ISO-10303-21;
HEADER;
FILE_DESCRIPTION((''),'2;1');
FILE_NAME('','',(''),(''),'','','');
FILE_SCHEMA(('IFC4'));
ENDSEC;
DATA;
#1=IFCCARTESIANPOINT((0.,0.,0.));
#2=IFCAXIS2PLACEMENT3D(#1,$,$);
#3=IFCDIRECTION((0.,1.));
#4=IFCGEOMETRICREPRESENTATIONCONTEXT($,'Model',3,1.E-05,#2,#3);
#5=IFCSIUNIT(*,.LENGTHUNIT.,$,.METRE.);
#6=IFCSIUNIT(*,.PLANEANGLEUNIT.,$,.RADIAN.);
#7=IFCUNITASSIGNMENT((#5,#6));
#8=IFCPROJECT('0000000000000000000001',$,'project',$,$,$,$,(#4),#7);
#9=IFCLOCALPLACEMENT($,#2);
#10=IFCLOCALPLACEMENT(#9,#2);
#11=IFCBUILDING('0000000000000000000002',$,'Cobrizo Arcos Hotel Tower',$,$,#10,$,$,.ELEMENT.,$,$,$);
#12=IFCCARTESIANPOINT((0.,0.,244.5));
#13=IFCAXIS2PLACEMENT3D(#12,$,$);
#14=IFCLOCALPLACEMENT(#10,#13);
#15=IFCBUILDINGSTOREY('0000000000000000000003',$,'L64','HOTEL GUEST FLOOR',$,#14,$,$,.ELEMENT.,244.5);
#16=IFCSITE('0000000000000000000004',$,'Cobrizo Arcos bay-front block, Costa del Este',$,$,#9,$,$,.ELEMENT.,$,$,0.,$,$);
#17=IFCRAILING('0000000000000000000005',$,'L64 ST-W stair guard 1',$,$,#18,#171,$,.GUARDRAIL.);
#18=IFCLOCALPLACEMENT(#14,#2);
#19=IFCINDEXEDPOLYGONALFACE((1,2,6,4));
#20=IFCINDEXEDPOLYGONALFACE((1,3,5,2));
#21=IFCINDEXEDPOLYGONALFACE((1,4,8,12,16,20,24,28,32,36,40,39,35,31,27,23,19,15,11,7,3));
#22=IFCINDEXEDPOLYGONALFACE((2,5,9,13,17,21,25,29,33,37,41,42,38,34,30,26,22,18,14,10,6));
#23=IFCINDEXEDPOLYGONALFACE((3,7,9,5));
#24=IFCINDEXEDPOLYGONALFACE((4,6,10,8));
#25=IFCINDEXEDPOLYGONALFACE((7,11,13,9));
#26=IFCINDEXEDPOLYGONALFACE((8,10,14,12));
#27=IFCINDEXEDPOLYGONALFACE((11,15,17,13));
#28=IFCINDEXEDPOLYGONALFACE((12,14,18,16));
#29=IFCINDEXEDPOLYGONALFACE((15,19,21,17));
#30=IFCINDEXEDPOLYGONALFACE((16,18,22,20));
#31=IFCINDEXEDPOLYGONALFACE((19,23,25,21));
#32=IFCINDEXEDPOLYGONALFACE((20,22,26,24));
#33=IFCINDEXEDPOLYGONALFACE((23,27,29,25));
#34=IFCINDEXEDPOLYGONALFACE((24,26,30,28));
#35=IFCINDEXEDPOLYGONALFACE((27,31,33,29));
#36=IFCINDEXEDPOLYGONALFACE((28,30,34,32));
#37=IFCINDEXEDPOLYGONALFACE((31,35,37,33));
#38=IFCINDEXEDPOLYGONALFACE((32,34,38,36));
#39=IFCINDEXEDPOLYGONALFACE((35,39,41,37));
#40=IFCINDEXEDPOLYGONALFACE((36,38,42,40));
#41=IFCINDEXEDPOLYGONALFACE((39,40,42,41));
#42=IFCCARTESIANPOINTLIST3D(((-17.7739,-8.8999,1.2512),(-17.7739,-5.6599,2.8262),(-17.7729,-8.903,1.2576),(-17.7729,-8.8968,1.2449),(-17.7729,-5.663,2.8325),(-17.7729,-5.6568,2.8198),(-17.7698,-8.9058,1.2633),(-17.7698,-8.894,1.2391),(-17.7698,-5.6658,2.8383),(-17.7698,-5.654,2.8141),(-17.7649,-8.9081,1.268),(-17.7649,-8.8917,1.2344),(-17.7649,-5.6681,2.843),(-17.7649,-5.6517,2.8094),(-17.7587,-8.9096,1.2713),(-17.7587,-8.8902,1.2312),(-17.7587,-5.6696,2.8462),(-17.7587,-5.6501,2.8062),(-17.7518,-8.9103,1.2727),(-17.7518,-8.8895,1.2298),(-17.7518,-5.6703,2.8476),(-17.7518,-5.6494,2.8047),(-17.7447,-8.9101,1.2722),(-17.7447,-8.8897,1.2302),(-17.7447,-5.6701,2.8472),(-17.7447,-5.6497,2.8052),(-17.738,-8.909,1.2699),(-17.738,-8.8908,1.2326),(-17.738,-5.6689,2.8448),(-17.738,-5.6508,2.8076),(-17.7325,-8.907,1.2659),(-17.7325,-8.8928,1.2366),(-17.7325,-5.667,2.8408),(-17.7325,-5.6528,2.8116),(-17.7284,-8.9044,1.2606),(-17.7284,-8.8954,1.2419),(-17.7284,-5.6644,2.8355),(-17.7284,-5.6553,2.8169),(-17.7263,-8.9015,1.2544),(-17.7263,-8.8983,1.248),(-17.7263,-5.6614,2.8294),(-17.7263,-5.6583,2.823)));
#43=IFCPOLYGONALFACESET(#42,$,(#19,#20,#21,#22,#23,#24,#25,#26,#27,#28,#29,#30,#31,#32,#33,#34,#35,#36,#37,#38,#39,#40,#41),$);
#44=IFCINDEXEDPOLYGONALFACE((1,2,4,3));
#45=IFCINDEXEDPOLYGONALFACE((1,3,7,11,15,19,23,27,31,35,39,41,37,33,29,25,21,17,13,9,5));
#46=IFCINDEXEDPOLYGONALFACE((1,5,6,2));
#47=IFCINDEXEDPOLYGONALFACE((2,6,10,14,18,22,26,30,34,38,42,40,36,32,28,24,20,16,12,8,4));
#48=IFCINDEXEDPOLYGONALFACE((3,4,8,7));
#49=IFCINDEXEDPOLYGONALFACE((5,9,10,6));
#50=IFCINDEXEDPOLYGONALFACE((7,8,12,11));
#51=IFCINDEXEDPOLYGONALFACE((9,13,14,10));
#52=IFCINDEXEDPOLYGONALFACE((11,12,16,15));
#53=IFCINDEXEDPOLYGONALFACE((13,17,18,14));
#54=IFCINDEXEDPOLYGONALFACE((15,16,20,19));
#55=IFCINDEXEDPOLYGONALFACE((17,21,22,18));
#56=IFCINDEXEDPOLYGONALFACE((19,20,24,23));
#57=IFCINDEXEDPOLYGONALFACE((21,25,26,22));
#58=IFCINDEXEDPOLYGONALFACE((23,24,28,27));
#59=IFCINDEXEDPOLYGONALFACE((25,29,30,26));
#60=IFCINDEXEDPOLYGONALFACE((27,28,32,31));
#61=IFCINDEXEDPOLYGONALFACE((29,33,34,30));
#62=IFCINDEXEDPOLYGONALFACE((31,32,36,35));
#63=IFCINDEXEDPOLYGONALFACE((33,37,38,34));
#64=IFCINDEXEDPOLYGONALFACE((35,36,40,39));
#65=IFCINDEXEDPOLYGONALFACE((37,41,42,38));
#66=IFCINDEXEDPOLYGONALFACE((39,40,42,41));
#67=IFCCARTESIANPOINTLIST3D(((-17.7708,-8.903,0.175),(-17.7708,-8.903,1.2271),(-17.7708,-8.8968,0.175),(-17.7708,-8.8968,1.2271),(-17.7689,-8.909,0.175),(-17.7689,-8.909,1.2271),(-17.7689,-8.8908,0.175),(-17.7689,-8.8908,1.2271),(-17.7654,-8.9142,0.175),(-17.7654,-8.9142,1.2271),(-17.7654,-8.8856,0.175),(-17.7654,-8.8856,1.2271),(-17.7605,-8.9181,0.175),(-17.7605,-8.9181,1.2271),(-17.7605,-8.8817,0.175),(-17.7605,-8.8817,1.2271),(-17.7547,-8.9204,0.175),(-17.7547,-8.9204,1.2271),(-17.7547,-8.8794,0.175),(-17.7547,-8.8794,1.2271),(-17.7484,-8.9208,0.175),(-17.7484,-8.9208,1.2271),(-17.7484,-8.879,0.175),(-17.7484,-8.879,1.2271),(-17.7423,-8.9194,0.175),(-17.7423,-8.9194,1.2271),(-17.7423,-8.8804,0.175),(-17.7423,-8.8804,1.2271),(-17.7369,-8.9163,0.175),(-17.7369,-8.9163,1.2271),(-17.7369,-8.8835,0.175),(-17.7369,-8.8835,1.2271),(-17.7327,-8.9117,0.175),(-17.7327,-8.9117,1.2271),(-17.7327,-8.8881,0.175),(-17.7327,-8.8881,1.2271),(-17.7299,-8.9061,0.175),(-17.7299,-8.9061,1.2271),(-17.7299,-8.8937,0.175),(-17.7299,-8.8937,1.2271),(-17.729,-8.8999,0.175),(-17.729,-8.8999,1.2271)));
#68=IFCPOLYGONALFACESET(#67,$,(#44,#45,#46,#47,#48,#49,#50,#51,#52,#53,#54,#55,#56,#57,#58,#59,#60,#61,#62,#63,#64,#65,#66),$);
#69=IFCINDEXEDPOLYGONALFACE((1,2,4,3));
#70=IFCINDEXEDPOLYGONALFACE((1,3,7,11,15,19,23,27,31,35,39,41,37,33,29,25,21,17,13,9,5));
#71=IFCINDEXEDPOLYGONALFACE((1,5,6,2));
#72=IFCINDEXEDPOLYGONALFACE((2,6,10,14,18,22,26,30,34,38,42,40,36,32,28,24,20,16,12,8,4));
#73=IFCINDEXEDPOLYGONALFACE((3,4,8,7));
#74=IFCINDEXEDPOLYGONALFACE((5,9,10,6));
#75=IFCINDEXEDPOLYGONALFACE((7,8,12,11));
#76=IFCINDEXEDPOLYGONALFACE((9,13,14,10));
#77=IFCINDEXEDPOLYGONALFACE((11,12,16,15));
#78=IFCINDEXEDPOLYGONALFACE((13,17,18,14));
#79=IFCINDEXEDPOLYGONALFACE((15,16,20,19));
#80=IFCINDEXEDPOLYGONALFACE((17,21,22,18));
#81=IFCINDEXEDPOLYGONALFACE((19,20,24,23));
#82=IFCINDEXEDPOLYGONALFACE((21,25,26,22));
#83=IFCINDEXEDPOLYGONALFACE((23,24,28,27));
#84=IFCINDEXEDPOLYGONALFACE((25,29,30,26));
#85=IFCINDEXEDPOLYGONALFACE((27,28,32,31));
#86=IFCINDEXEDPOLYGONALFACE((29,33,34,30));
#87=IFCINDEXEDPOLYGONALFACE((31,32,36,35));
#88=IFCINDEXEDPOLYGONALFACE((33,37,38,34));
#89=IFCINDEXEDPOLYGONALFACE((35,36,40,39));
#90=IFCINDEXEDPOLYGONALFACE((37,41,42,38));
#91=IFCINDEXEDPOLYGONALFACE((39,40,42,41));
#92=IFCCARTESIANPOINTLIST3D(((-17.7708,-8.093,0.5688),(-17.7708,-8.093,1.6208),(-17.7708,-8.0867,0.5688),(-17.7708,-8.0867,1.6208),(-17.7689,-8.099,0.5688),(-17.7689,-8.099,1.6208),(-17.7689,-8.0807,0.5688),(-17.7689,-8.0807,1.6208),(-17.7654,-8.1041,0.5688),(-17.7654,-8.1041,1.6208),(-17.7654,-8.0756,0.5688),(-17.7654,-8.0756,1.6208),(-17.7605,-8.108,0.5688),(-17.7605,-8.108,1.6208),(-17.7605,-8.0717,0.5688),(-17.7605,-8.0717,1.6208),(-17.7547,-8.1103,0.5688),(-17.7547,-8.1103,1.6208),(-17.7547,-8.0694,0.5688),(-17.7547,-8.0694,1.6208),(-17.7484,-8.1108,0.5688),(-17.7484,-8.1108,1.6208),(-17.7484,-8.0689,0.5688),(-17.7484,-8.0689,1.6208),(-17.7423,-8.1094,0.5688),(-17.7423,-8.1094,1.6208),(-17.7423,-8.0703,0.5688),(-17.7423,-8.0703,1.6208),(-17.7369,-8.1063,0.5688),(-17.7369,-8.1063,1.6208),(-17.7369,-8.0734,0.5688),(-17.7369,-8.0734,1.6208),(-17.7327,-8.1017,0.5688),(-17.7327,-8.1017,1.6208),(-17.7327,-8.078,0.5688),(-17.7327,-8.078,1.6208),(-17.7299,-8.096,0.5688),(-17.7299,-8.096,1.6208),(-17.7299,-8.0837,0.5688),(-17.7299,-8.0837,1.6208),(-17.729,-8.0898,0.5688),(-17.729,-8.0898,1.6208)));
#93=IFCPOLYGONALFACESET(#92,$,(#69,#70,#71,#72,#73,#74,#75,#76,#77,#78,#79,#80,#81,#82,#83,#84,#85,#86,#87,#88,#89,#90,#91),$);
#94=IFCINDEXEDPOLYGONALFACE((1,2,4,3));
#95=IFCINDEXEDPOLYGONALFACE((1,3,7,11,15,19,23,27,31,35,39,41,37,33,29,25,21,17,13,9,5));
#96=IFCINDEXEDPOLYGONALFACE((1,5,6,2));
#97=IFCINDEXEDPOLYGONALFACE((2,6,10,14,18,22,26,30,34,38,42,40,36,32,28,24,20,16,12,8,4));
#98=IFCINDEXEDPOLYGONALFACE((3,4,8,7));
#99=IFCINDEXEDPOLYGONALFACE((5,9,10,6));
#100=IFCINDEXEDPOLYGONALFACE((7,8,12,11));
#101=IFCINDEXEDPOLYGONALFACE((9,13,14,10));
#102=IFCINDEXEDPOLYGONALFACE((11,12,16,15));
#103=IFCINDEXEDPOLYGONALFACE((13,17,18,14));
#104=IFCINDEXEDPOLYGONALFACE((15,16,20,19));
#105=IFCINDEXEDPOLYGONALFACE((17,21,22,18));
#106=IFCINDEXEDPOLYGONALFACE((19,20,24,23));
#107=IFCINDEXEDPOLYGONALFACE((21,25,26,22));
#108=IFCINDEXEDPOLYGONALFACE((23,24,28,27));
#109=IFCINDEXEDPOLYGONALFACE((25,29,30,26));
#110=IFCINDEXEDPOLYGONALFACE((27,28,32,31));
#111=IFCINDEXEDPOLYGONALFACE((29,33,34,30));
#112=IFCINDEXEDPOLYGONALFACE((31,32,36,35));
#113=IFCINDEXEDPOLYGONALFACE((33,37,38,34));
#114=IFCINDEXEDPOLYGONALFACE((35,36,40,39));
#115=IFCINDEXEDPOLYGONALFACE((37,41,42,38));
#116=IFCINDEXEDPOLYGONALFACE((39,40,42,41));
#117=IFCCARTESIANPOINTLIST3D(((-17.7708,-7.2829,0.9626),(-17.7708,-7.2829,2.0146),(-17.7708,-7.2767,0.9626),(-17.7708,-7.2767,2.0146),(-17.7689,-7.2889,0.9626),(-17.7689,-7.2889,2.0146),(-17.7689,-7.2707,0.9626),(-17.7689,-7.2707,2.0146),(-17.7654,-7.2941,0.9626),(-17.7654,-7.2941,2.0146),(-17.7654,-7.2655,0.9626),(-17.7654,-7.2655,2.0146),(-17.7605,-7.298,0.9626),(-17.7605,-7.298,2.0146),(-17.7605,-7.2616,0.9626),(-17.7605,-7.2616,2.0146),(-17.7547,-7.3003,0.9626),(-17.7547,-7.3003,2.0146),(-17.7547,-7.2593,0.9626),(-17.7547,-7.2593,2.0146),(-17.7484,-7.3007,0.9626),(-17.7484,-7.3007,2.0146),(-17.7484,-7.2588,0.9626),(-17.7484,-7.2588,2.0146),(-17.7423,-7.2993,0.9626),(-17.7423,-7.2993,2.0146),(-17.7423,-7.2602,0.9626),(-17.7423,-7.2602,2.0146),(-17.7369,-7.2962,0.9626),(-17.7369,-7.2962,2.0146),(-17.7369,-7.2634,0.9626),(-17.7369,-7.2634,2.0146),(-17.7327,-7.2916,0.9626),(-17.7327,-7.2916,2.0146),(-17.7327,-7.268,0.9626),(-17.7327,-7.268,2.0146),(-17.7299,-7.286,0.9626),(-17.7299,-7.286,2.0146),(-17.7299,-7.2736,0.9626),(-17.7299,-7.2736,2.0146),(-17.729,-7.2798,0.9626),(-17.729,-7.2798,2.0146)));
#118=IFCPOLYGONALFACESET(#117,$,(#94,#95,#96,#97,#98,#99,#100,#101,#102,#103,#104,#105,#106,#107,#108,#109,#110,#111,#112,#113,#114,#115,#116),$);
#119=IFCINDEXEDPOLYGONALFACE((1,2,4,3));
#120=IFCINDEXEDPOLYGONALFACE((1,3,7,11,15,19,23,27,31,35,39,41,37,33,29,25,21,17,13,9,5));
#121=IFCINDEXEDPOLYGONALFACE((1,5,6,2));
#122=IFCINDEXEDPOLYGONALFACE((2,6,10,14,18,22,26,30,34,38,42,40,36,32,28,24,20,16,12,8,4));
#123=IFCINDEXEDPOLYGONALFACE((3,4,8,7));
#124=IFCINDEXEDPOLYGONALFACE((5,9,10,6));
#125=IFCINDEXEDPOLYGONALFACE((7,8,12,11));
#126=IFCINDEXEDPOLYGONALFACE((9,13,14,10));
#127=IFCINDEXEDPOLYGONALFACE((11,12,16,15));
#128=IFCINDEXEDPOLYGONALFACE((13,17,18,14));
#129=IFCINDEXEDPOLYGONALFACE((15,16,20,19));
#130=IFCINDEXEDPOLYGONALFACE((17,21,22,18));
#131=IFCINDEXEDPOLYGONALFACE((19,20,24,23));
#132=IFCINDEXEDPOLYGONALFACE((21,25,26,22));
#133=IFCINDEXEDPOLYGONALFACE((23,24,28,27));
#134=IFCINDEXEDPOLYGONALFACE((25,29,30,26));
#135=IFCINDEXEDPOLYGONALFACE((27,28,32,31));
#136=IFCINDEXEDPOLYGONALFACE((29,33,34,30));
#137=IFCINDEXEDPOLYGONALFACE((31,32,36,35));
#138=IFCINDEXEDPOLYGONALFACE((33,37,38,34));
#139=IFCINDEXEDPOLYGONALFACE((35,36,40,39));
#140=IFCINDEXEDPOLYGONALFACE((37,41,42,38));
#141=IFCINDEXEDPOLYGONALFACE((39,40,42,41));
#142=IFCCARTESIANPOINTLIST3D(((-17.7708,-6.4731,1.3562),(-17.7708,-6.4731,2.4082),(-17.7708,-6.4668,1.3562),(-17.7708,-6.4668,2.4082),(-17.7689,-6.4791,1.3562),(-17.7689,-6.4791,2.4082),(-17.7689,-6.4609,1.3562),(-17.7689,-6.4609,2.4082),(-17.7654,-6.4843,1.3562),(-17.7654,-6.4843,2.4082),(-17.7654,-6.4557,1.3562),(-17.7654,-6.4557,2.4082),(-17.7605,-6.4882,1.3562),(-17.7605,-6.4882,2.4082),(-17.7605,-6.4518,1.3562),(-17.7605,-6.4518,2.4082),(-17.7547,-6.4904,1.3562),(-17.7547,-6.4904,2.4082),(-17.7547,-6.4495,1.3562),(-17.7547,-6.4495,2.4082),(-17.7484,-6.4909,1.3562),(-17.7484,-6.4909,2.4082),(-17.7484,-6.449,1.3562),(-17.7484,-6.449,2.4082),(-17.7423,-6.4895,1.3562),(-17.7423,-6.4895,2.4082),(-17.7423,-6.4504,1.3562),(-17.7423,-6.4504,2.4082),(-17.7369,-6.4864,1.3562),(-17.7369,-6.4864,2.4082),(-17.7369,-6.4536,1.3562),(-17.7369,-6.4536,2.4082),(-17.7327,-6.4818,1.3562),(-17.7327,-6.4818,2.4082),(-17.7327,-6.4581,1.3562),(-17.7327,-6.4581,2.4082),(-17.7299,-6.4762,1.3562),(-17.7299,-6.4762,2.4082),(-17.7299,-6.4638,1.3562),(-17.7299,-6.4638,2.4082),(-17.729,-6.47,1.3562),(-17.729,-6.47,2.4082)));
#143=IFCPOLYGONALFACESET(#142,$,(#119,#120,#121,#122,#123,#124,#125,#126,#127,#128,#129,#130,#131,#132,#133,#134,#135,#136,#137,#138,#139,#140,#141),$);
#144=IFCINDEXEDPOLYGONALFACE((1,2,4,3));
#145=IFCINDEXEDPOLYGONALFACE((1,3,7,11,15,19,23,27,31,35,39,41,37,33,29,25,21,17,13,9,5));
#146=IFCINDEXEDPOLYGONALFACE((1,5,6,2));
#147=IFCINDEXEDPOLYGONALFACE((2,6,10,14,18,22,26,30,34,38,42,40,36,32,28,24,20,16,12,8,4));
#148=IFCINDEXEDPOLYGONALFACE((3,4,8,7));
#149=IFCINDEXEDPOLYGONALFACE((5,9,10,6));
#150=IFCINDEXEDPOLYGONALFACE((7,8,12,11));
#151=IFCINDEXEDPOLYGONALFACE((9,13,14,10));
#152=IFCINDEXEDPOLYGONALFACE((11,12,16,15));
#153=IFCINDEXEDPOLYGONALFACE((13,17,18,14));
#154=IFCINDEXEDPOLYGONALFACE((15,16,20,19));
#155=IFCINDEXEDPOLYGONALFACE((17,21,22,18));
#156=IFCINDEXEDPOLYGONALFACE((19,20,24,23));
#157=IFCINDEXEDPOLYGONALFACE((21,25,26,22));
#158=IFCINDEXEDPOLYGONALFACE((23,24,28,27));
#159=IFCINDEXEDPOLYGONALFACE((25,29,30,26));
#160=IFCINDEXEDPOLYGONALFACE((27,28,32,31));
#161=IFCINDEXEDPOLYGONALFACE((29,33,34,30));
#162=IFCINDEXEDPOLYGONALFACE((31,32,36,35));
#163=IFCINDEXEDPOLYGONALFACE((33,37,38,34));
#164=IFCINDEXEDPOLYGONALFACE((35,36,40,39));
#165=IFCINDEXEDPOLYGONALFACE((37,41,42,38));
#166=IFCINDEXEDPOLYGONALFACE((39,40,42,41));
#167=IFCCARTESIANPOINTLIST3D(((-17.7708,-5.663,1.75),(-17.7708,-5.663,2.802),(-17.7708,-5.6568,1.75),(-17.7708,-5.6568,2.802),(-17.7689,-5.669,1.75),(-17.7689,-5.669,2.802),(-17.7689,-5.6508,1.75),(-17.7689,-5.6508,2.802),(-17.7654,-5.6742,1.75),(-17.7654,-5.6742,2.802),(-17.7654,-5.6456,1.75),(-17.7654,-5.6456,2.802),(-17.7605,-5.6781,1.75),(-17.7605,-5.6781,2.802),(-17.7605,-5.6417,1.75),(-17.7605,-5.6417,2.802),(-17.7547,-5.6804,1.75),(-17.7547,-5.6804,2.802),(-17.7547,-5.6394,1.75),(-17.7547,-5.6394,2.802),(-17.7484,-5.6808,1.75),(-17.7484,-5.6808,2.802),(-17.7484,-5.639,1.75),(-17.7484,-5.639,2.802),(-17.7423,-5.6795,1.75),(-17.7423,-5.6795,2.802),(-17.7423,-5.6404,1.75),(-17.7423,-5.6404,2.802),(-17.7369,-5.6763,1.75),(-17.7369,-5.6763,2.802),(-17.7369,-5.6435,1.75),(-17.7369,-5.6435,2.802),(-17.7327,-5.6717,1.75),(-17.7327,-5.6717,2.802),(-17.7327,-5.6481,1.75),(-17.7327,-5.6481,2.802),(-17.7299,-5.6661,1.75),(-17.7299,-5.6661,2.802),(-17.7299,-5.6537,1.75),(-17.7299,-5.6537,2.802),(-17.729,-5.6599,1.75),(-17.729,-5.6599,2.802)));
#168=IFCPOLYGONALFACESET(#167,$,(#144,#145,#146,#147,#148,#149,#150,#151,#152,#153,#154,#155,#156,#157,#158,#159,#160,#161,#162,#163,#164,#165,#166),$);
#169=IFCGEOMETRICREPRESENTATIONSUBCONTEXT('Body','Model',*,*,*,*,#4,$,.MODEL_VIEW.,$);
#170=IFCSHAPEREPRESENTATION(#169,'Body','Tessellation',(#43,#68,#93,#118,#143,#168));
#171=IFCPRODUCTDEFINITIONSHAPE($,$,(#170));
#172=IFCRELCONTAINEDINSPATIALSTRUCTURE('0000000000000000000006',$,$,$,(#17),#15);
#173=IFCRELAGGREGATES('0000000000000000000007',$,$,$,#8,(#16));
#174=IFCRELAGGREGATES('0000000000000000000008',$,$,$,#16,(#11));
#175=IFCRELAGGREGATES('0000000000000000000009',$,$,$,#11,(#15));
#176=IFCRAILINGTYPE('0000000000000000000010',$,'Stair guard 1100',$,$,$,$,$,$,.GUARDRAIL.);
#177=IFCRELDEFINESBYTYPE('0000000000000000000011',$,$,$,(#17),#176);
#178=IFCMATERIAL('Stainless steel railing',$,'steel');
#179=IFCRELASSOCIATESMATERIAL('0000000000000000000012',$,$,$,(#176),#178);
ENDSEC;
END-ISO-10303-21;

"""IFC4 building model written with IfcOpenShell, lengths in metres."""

from ifc_helpers import new_model, si_unit, direction, frame, origin, origin_2d, place, context, subcontext, project, spatial, circle, extrude, material, type_object, element, save


model = new_model("IFC4")

# Units and contexts
model_context = context("Model", 3, precision=1e-05, world=origin(), true_north=direction((0.0, 1.0)))
body_context = subcontext(model_context, "Body", "Model", "MODEL_VIEW")
ifc_project = project(units=[si_unit("LENGTHUNIT", "METRE"), si_unit("PLANEANGLEUNIT", "RADIAN")], contexts=[model_context])

# Site, building, storey
site_placement = place(None, origin())
site = spatial("IfcSite", under=ifc_project, at=site_placement, Name="Cobrizo Arcos bay-front block, Costa del Este", CompositionType="ELEMENT", RefElevation=0.0)
building_placement = place(site_placement, origin())
building = spatial("IfcBuilding", under=site, at=building_placement, Name="Cobrizo Arcos Hotel Tower", CompositionType="ELEMENT")
storey_placement = place(building_placement, frame((0.0, 0.0, 244.5)))
storey = spatial("IfcBuildingStorey", under=building, at=storey_placement, Name="L64", Description="HOTEL GUEST FLOOR", CompositionType="ELEMENT", Elevation=244.5)

# Railing
ifc_material_1 = material(Name="Stainless steel railing", Category="steel")
railing_type = type_object("IfcRailingType", Name="Stair guard 1100", PredefinedType="GUARDRAIL", material=ifc_material_1)
railing_1_placement = place(storey_placement, frame((-17.75, -8.8999, 0.175)))
element("IfcRailing", 1, at=railing_1_placement, inside=storey, type_object=railing_type, Name="L64 ST-W stair guard 1", PredefinedType="GUARDRAIL", context=body_context, shape_type="SweptSolid", body=[
    extrude(circle(Radius=0.0239, at=origin_2d()), frame((0.0, 0.0, 1.0762), z_axis=(0.0, 0.899373, 0.437183), x_axis=(-1.0, 0.0, 0.0)), (0.0, 0.0, 1.0), 3.6025),
    extrude(circle(Radius=0.021, at=origin_2d()), origin(), (0.0, 0.0, 1.0), 1.052),
    extrude(circle(Radius=0.021, at=origin_2d()), frame((0.0, 0.8101, 0.3938)), (0.0, 0.0, 1.0), 1.052),
    extrude(circle(Radius=0.021, at=origin_2d()), frame((0.0, 1.6201, 0.7876)), (0.0, 0.0, 1.0), 1.052),
    extrude(circle(Radius=0.021, at=origin_2d()), frame((0.0, 2.4299, 1.1812)), (0.0, 0.0, 1.0), 1.052),
    extrude(circle(Radius=0.021, at=origin_2d()), frame((0.0, 3.24, 1.575)), (0.0, 0.0, 1.0), 1.052),
])

save(model, "model.ifc")
